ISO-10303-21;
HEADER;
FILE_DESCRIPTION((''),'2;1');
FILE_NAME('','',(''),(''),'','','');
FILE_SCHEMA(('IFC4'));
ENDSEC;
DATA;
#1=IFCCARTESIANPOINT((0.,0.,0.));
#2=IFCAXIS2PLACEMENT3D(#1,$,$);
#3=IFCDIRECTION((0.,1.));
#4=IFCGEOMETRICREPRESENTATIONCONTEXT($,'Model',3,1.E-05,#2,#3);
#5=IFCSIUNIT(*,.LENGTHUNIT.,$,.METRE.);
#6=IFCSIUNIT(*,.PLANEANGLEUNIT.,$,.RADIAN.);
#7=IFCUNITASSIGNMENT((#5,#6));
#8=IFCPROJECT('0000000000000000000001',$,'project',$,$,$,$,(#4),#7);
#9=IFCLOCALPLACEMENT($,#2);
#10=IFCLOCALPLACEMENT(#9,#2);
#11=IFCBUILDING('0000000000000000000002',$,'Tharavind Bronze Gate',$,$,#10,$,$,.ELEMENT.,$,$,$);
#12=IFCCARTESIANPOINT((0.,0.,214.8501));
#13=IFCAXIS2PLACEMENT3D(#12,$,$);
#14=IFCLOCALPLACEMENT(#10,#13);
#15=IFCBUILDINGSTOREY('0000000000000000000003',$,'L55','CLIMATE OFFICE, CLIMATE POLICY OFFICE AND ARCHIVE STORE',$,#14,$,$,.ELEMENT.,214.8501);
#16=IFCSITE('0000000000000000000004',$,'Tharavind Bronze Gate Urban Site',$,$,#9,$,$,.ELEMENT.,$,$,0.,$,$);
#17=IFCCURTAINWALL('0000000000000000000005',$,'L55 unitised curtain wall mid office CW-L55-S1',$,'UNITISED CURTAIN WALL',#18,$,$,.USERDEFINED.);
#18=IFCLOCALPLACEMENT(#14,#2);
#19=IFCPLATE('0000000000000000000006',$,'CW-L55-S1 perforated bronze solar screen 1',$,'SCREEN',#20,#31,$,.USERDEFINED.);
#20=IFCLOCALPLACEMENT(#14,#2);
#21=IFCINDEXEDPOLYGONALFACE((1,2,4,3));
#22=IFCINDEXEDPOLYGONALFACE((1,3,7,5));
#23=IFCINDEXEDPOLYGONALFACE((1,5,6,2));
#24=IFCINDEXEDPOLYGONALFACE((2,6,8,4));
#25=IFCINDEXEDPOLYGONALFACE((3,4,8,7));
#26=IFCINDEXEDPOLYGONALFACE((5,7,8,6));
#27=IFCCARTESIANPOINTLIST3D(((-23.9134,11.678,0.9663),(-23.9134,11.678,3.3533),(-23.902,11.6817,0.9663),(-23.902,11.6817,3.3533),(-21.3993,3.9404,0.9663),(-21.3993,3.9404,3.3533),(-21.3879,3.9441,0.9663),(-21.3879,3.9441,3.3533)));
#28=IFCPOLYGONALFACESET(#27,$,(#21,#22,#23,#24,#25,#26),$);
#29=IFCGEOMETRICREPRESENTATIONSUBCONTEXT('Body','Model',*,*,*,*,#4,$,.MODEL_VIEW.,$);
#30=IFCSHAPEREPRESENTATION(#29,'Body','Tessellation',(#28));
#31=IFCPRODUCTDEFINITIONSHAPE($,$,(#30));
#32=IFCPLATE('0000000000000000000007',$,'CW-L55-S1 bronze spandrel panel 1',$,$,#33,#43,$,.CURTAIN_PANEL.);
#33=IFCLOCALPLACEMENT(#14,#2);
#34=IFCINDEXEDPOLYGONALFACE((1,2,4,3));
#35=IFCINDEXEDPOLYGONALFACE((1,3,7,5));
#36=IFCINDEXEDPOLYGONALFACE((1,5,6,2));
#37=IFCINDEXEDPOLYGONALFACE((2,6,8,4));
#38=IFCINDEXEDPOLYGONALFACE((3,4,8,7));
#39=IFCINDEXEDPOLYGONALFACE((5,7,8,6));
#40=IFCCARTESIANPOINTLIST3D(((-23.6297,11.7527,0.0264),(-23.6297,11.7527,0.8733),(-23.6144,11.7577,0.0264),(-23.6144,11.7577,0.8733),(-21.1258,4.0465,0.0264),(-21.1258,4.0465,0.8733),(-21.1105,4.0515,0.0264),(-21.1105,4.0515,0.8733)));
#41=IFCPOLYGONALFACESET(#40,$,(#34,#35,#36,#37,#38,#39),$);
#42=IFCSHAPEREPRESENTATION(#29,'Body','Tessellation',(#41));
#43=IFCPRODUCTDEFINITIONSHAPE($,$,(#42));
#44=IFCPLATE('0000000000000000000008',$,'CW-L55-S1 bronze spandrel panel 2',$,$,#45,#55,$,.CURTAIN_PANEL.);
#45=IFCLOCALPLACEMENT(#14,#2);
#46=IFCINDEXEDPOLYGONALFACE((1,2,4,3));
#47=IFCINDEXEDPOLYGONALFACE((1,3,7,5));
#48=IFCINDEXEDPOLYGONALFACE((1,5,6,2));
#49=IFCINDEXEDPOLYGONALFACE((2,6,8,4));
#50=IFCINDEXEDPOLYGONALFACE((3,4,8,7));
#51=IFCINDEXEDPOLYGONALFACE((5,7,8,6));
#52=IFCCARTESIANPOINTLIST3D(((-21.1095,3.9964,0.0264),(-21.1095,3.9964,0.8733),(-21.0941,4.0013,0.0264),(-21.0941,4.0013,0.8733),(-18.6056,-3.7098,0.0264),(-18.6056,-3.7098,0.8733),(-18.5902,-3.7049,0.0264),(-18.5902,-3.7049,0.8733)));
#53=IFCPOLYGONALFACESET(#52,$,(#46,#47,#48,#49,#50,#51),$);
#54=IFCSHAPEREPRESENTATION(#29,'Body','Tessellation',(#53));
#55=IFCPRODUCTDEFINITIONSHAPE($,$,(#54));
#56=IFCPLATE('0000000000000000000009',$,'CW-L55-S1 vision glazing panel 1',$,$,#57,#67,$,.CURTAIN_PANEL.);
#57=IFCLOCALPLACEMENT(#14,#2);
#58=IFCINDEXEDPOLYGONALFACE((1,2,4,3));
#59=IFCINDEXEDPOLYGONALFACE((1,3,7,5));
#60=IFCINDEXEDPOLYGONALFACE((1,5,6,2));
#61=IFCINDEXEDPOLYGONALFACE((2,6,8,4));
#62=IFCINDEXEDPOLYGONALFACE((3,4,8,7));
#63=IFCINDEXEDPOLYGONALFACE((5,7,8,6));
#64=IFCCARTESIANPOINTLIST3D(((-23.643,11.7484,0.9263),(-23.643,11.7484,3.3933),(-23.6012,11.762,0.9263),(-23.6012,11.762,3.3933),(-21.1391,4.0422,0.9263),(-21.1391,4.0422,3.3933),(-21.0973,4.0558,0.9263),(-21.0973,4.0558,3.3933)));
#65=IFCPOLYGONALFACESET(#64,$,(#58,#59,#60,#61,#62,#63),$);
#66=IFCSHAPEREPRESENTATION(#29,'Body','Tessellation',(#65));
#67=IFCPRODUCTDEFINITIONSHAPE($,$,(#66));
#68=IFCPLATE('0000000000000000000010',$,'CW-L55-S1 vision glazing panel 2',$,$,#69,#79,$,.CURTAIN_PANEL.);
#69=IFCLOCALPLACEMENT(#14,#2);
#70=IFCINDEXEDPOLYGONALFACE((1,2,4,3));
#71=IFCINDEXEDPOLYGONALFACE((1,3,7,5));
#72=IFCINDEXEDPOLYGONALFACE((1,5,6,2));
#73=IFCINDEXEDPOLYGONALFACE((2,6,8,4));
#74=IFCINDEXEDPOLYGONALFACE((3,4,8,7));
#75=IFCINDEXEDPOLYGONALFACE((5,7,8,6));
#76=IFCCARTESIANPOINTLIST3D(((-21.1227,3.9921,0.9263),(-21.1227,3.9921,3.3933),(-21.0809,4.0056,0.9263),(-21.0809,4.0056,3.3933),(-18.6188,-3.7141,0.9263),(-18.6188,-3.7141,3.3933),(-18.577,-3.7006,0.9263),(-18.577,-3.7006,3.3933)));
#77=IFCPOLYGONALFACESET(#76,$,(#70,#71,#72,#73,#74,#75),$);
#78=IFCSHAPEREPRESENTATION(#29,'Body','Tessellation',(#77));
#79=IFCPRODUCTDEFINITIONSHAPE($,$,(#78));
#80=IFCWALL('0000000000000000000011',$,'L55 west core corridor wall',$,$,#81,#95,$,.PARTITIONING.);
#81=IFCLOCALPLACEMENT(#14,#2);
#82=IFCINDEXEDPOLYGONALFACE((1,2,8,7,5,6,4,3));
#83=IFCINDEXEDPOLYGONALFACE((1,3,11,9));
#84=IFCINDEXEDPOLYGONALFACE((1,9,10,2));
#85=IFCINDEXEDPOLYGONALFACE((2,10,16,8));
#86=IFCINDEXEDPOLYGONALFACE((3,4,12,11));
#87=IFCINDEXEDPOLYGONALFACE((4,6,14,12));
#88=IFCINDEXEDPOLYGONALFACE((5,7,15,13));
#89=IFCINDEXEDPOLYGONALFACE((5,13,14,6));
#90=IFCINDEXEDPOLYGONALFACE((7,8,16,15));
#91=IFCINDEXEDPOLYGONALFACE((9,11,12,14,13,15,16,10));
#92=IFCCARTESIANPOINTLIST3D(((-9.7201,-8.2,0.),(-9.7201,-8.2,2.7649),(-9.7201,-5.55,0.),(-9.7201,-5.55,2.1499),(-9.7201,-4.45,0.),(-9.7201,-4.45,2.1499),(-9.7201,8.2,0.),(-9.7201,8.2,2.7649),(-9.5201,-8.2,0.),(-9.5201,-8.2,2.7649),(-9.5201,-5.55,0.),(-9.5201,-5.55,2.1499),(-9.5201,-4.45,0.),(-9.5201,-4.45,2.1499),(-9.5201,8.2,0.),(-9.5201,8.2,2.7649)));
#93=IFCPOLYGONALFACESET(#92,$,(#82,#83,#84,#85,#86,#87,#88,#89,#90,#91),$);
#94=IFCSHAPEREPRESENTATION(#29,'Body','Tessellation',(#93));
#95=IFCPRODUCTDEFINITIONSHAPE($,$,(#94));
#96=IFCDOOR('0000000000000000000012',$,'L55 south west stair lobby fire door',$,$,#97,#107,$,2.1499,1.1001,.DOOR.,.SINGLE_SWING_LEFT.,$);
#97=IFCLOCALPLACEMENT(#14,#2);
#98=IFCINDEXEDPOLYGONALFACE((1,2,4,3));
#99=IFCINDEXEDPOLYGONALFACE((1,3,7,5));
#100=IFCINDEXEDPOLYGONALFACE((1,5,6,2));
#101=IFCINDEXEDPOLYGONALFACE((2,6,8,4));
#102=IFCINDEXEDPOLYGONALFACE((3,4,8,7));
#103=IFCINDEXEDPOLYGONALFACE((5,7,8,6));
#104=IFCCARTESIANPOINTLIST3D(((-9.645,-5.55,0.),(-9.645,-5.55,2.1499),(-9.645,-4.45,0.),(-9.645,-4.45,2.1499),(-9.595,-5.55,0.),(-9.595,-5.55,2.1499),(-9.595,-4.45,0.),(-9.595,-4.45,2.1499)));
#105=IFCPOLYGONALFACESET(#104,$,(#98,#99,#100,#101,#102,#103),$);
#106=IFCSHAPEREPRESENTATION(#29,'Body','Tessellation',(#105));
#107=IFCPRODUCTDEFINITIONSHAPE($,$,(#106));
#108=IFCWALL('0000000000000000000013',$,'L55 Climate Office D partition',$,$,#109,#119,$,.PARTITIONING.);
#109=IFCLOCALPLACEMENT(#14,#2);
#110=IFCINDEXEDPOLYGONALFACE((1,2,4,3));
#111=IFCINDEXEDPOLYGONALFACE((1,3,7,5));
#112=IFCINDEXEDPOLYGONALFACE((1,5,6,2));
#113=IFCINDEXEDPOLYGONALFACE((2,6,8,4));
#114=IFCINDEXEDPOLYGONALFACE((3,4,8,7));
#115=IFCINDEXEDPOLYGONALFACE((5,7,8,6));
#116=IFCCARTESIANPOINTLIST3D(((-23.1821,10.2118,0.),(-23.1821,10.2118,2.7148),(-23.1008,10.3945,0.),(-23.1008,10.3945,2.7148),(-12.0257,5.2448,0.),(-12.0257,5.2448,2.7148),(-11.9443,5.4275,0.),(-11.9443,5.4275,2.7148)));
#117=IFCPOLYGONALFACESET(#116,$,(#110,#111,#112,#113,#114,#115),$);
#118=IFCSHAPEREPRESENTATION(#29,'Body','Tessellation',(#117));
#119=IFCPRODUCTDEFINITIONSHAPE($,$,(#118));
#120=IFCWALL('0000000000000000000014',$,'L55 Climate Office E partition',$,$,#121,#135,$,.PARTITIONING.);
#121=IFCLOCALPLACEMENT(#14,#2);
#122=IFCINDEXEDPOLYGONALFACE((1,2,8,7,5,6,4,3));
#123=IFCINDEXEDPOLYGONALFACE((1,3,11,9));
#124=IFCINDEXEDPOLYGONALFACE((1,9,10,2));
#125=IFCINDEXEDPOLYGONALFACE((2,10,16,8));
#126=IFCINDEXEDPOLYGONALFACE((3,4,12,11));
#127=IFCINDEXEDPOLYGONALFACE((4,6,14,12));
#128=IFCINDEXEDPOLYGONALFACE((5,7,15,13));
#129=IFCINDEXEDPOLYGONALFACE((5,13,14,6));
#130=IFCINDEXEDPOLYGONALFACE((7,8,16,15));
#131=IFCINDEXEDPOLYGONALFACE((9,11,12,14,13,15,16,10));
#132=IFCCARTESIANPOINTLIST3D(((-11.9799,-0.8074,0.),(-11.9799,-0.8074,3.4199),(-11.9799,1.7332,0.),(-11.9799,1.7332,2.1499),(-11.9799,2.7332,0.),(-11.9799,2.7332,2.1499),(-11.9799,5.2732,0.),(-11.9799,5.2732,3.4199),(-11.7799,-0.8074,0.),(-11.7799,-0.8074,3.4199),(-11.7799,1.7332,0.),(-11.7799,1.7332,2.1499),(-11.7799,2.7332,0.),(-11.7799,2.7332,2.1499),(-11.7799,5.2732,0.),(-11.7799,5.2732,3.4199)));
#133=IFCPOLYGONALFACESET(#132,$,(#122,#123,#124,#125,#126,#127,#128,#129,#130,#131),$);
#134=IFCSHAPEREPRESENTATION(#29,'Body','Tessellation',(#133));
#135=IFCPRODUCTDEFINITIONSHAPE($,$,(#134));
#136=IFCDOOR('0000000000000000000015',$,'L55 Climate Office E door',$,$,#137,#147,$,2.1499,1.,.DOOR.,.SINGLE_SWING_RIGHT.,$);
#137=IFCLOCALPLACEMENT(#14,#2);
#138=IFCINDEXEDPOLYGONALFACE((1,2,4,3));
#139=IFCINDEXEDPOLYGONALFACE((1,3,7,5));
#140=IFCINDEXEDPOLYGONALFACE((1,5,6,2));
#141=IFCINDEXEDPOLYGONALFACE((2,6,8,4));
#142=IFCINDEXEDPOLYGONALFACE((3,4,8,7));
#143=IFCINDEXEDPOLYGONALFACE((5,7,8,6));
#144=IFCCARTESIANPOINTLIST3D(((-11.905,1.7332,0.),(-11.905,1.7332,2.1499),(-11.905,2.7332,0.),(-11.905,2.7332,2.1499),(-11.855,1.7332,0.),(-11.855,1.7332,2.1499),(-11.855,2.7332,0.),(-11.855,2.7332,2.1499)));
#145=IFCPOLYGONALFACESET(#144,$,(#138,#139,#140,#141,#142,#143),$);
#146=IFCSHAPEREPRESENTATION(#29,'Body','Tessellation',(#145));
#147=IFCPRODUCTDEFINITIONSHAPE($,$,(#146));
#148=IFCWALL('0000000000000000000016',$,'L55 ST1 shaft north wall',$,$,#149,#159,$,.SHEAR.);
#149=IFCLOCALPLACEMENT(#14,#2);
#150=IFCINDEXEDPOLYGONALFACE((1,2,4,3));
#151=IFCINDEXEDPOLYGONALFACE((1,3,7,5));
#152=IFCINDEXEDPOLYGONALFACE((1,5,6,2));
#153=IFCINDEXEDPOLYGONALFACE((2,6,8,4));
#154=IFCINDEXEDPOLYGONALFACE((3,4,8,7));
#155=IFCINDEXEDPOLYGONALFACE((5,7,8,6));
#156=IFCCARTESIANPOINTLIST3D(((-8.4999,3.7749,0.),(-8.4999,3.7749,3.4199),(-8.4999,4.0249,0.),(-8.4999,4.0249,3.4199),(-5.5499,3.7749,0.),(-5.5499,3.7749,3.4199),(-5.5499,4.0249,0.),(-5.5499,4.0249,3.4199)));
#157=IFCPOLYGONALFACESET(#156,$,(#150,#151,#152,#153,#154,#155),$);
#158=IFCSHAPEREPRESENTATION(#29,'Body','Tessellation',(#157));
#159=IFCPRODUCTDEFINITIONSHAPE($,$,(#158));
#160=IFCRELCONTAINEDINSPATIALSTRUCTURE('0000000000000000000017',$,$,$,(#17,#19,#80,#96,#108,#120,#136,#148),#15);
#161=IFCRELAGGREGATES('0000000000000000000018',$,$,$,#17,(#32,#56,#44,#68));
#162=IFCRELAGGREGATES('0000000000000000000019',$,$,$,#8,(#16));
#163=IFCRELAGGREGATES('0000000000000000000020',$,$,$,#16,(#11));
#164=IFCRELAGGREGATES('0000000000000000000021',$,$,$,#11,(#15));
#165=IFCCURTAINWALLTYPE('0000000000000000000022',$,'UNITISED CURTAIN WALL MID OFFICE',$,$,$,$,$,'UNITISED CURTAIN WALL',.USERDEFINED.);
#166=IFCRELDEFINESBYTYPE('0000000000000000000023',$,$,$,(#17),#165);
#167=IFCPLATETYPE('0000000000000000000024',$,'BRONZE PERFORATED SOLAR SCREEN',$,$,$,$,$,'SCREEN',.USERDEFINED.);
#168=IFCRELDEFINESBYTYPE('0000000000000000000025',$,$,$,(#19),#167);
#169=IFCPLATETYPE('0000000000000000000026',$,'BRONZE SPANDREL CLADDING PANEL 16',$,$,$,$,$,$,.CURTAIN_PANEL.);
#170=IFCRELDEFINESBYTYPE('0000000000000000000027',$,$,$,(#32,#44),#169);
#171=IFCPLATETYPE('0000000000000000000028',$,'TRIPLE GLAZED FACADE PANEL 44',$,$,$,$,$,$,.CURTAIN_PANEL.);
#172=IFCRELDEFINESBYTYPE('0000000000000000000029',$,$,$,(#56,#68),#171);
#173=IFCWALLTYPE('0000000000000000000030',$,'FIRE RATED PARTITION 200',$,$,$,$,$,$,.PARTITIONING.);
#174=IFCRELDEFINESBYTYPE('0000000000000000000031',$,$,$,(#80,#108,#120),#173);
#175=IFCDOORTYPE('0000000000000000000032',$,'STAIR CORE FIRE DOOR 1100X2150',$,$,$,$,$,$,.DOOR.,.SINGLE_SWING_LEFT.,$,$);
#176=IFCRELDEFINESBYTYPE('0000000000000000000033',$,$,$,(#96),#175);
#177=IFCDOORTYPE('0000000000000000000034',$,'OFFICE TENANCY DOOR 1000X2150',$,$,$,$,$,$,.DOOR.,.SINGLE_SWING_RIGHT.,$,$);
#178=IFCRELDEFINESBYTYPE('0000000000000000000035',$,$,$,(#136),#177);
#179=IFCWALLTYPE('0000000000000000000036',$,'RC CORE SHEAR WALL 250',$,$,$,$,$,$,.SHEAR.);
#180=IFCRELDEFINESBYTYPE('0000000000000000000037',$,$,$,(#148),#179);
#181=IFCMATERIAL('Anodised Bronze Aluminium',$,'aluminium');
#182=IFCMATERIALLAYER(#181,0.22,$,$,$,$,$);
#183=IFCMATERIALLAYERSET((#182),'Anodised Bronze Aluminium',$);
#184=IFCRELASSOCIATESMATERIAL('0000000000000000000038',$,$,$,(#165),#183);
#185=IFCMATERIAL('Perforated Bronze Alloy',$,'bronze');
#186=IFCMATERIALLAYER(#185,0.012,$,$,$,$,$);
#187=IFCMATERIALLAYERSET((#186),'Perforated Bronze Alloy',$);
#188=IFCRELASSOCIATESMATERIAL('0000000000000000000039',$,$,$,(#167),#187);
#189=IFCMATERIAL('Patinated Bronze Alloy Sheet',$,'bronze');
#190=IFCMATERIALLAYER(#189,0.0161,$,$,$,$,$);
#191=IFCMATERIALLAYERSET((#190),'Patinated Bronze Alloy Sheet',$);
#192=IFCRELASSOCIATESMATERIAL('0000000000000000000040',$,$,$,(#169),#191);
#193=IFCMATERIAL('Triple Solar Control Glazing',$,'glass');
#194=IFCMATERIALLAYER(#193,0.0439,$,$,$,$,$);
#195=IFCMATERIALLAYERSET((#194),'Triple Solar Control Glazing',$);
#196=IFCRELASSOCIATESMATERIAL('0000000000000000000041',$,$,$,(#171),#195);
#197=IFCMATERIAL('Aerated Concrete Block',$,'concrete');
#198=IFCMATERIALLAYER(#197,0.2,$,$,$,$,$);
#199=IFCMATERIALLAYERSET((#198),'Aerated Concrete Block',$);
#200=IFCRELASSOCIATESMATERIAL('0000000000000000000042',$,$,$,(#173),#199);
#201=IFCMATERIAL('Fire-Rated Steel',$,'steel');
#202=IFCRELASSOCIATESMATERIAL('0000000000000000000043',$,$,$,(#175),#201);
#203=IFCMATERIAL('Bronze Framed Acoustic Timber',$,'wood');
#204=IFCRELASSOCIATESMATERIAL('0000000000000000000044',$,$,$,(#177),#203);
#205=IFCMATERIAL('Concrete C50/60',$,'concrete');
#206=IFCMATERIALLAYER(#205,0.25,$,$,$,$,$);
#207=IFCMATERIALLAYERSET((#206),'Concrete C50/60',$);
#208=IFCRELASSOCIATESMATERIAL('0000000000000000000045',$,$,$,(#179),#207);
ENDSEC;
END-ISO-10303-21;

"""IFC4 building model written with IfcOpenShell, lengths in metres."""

from ifc_helpers import new_model, si_unit, direction, frame, frame_2d, origin, origin_2d, place, context, subcontext, project, spatial, rectangle, extrude, material, layer, layer_set, type_object, element, fill, aggregate, save


model = new_model("IFC4")

# Units and contexts
model_context = context("Model", 3, precision=1e-05, world=origin(), true_north=direction((0.0, 1.0)))
body_context = subcontext(model_context, "Body", "Model", "MODEL_VIEW")
ifc_project = project(units=[si_unit("LENGTHUNIT", "METRE"), si_unit("PLANEANGLEUNIT", "RADIAN")], contexts=[model_context])

# Site, building, storey
site_placement = place(None, origin())
site = spatial("IfcSite", under=ifc_project, at=site_placement, Name="Tharavind Bronze Gate Urban Site", CompositionType="ELEMENT", RefElevation=0.0)
building_placement = place(site_placement, origin())
building = spatial("IfcBuilding", under=site, at=building_placement, Name="Tharavind Bronze Gate", CompositionType="ELEMENT")
storey_placement = place(building_placement, frame((0.0, 0.0, 214.8501)))
storey = spatial("IfcBuildingStorey", under=building, at=storey_placement, Name="L55", Description="CLIMATE OFFICE, CLIMATE POLICY OFFICE AND ARCHIVE STORE", CompositionType="ELEMENT", Elevation=214.8501)

# Curtain wall
ifc_material_1 = material(Name="Anodised Bronze Aluminium", Category="aluminium")
ifc_layer_1 = layer(ifc_material_1, 0.22)
ifc_layer_set_1 = layer_set([ifc_layer_1], Name="Anodised Bronze Aluminium")
curtain_wall_type = type_object("IfcCurtainWallType", Name="UNITISED CURTAIN WALL MID OFFICE", ElementType="UNITISED CURTAIN WALL", PredefinedType="USERDEFINED", material=ifc_layer_set_1)
curtain_wall_placement = place(storey_placement, origin())
curtain_wall = element("IfcCurtainWall", 1, at=curtain_wall_placement, inside=storey, type_object=curtain_wall_type, Name="L55 unitised curtain wall mid office CW-L55-S1", ObjectType="UNITISED CURTAIN WALL", PredefinedType="USERDEFINED")

# Plates
ifc_material_2 = material(Name="Perforated Bronze Alloy", Category="bronze")
ifc_layer_2 = layer(ifc_material_2, 0.012)
ifc_layer_set_2 = layer_set([ifc_layer_2], Name="Perforated Bronze Alloy")
plate_type_1 = type_object("IfcPlateType", Name="BRONZE PERFORATED SOLAR SCREEN", ElementType="SCREEN", PredefinedType="USERDEFINED", material=ifc_layer_set_2)
plate_1_placement = place(storey_placement, frame((-22.6506, 7.811, 0.9663), z_axis=(0.0, 0.0, 1.0), x_axis=(0.309017, -0.951057, 0.0)))
element("IfcPlate", 2, at=plate_1_placement, inside=storey, type_object=plate_type_1, Name="CW-L55-S1 perforated bronze solar screen 1", ObjectType="SCREEN", PredefinedType="USERDEFINED", context=body_context, shape_type="SweptSolid", body=[
    extrude(rectangle(XDim=8.1357, YDim=0.012, at=origin_2d()), origin(), (0.0, 0.0, 1.0), 2.387),
])
ifc_material_3 = material(Name="Patinated Bronze Alloy Sheet", Category="bronze")
ifc_layer_3 = layer(ifc_material_3, 0.0161)
ifc_layer_set_3 = layer_set([ifc_layer_3], Name="Patinated Bronze Alloy Sheet")
plate_type_2 = type_object("IfcPlateType", Name="BRONZE SPANDREL CLADDING PANEL 16", PredefinedType="CURTAIN_PANEL", material=ifc_layer_set_3)
plate_2_placement = place(storey_placement, frame((-22.3701, 7.9021, 0.0264), z_axis=(0.0, 0.0, 1.0), x_axis=(0.309017, -0.951057, 0.0)))
plate_2 = element("IfcPlate", 3, at=plate_2_placement, type_object=plate_type_2, Name="CW-L55-S1 bronze spandrel panel 1", PredefinedType="CURTAIN_PANEL", context=body_context, shape_type="SweptSolid", body=[
    extrude(rectangle(XDim=8.1028, YDim=0.0161, at=origin_2d()), origin(), (0.0, 0.0, 1.0), 0.8469),
])
plate_3_placement = place(storey_placement, frame((-19.8499, 0.1458, 0.0264), z_axis=(0.0, 0.0, 1.0), x_axis=(0.309017, -0.951057, 0.0)))
plate_3 = element("IfcPlate", 4, at=plate_3_placement, type_object=plate_type_2, Name="CW-L55-S1 bronze spandrel panel 2", PredefinedType="CURTAIN_PANEL", context=body_context, shape_type="SweptSolid", body=[
    extrude(rectangle(XDim=8.1028, YDim=0.0161, at=origin_2d()), origin(), (0.0, 0.0, 1.0), 0.8469),
])
ifc_material_4 = material(Name="Triple Solar Control Glazing", Category="glass")
ifc_layer_4 = layer(ifc_material_4, 0.0439)
ifc_layer_set_4 = layer_set([ifc_layer_4], Name="Triple Solar Control Glazing")
plate_type_3 = type_object("IfcPlateType", Name="TRIPLE GLAZED FACADE PANEL 44", PredefinedType="CURTAIN_PANEL", material=ifc_layer_set_4)
plate_4_placement = place(storey_placement, frame((-22.3701, 7.9021, 0.9263), z_axis=(0.0, 0.0, 1.0), x_axis=(0.309017, -0.951057, 0.0)))
plate_4 = element("IfcPlate", 5, at=plate_4_placement, type_object=plate_type_3, Name="CW-L55-S1 vision glazing panel 1", PredefinedType="CURTAIN_PANEL", context=body_context, shape_type="SweptSolid", body=[
    extrude(rectangle(XDim=8.1028, YDim=0.0439, at=origin_2d()), origin(), (0.0, 0.0, 1.0), 2.467),
])
plate_5_placement = place(storey_placement, frame((-19.8499, 0.1458, 0.9263), z_axis=(0.0, 0.0, 1.0), x_axis=(0.309017, -0.951057, 0.0)))
plate_5 = element("IfcPlate", 6, at=plate_5_placement, type_object=plate_type_3, Name="CW-L55-S1 vision glazing panel 2", PredefinedType="CURTAIN_PANEL", context=body_context, shape_type="SweptSolid", body=[
    extrude(rectangle(XDim=8.1028, YDim=0.0439, at=origin_2d()), origin(), (0.0, 0.0, 1.0), 2.467),
])
aggregate(curtain_wall, [plate_2, plate_4, plate_3, plate_5])

# Wall, opening, door
ifc_material_5 = material(Name="Aerated Concrete Block", Category="concrete")
ifc_layer_5 = layer(ifc_material_5, 0.2)
ifc_layer_set_5 = layer_set([ifc_layer_5], Name="Aerated Concrete Block")
wall_type_1 = type_object("IfcWallType", Name="FIRE RATED PARTITION 200", PredefinedType="PARTITIONING", material=ifc_layer_set_5)
wall_1_placement = place(storey_placement, frame((-9.6201, 8.2, 0.0), z_axis=(0.0, 0.0, 1.0), x_axis=(0.0, -1.0, 0.0)))
wall_1 = element("IfcWall", 7, at=wall_1_placement, inside=storey, type_object=wall_type_1, Name="L55 west core corridor wall", PredefinedType="PARTITIONING", context=body_context, shape_type="SweptSolid", body=[
    extrude(rectangle(XDim=16.3999, YDim=0.2, at=frame_2d((8.2, 0.0))), origin(), (0.0, 0.0, 1.0), 2.7649),
])
opening_1_placement = place(wall_1_placement, frame((12.6499, 0.0, 0.0)))
opening_1 = element("IfcOpeningElement", 8, at=opening_1_placement, cuts=wall_1, PredefinedType="OPENING", context=body_context, shape_type="SweptSolid", body=[
    extrude(rectangle(XDim=1.1001, YDim=2.1499, at=frame_2d((0.55, 1.075))), frame((0.0, 0.1101, 0.0), z_axis=(0.0, -1.0, 0.0), x_axis=(1.0, 0.0, 0.0)), (0.0, 0.0, 1.0), 0.22),
])
ifc_material_6 = material(Name="Fire-Rated Steel", Category="steel")
door_type_1 = type_object("IfcDoorType", Name="STAIR CORE FIRE DOOR 1100X2150", OperationType="SINGLE_SWING_LEFT", PredefinedType="DOOR", material=ifc_material_6)
door_1_placement = place(opening_1_placement, frame((1.1001, 0.0, 0.0), z_axis=(0.0, 0.0, 1.0), x_axis=(-1.0, 0.0, 0.0)))
door_1 = element("IfcDoor", 9, at=door_1_placement, inside=storey, type_object=door_type_1, Name="L55 south west stair lobby fire door", OperationType="SINGLE_SWING_LEFT", OverallHeight=2.1499, OverallWidth=1.1001, PredefinedType="DOOR", context=body_context, shape_type="SweptSolid", body=[
    extrude(rectangle(XDim=1.1001, YDim=2.1499, at=frame_2d((0.55, 1.075))), frame((0.0, 0.0249, 0.0), z_axis=(0.0, -1.0, 0.0), x_axis=(1.0, 0.0, 0.0)), (0.0, 0.0, 1.0), 0.05),
])
fill(opening_1, door_1)

# Wall
wall_2_placement = place(storey_placement, frame((-11.9851, 5.3362, 0.0), z_axis=(0.0, 0.0, 1.0), x_axis=(-0.91355, 0.406726, 0.0)))
element("IfcWall", 10, at=wall_2_placement, inside=storey, type_object=wall_type_1, Name="L55 Climate Office D partition", PredefinedType="PARTITIONING", context=body_context, shape_type="SweptSolid", body=[
    extrude(rectangle(XDim=12.2122, YDim=0.2, at=frame_2d((6.106, 0.0))), origin(), (0.0, 0.0, 1.0), 2.7148),
])

# Wall, opening, door
wall_3_placement = place(storey_placement, frame((-11.8799, 5.2732, 0.0), z_axis=(0.0, 0.0, 1.0), x_axis=(0.0, -1.0, 0.0)))
wall_3 = element("IfcWall", 11, at=wall_3_placement, inside=storey, type_object=wall_type_1, Name="L55 Climate Office E partition", PredefinedType="PARTITIONING", context=body_context, shape_type="SweptSolid", body=[
    extrude(rectangle(XDim=6.0806, YDim=0.2, at=frame_2d((3.0403, 0.0))), origin(), (0.0, 0.0, 1.0), 3.4199),
])
opening_2_placement = place(wall_3_placement, frame((2.54, 0.0, 0.0)))
opening_2 = element("IfcOpeningElement", 12, at=opening_2_placement, cuts=wall_3, PredefinedType="OPENING", context=body_context, shape_type="SweptSolid", body=[
    extrude(rectangle(XDim=1.0, YDim=2.1499, at=frame_2d((0.5, 1.075))), frame((0.0, 0.1101, 0.0), z_axis=(0.0, -1.0, 0.0), x_axis=(1.0, 0.0, 0.0)), (0.0, 0.0, 1.0), 0.22),
])
ifc_material_7 = material(Name="Bronze Framed Acoustic Timber", Category="wood")
door_type_2 = type_object("IfcDoorType", Name="OFFICE TENANCY DOOR 1000X2150", OperationType="SINGLE_SWING_RIGHT", PredefinedType="DOOR", material=ifc_material_7)
door_2_placement = place(opening_2_placement, origin())
door_2 = element("IfcDoor", 13, at=door_2_placement, inside=storey, type_object=door_type_2, Name="L55 Climate Office E door", OperationType="SINGLE_SWING_RIGHT", OverallHeight=2.1499, OverallWidth=1.0, PredefinedType="DOOR", context=body_context, shape_type="SweptSolid", body=[
    extrude(rectangle(XDim=1.0, YDim=2.1499, at=frame_2d((0.5, 1.075))), frame((0.0, 0.0249, 0.0), z_axis=(0.0, -1.0, 0.0), x_axis=(1.0, 0.0, 0.0)), (0.0, 0.0, 1.0), 0.05),
])
fill(opening_2, door_2)

# Wall
ifc_material_8 = material(Name="Concrete C50/60", Category="concrete")
ifc_layer_6 = layer(ifc_material_8, 0.25)
ifc_layer_set_6 = layer_set([ifc_layer_6], Name="Concrete C50/60")
wall_type_2 = type_object("IfcWallType", Name="RC CORE SHEAR WALL 250", PredefinedType="SHEAR", material=ifc_layer_set_6)
wall_4_placement = place(storey_placement, frame((-8.5, 3.8999, 0.0), z_axis=(0.0, 0.0, 1.0), x_axis=(1.0, 0.0, 0.0)))
element("IfcWall", 14, at=wall_4_placement, inside=storey, type_object=wall_type_2, Name="L55 ST1 shaft north wall", PredefinedType="SHEAR", context=body_context, shape_type="SweptSolid", body=[
    extrude(rectangle(XDim=2.95, YDim=0.25, at=frame_2d((1.4751, 0.0))), origin(), (0.0, 0.0, 1.0), 3.4199),
])

save(model, "model.ifc")
